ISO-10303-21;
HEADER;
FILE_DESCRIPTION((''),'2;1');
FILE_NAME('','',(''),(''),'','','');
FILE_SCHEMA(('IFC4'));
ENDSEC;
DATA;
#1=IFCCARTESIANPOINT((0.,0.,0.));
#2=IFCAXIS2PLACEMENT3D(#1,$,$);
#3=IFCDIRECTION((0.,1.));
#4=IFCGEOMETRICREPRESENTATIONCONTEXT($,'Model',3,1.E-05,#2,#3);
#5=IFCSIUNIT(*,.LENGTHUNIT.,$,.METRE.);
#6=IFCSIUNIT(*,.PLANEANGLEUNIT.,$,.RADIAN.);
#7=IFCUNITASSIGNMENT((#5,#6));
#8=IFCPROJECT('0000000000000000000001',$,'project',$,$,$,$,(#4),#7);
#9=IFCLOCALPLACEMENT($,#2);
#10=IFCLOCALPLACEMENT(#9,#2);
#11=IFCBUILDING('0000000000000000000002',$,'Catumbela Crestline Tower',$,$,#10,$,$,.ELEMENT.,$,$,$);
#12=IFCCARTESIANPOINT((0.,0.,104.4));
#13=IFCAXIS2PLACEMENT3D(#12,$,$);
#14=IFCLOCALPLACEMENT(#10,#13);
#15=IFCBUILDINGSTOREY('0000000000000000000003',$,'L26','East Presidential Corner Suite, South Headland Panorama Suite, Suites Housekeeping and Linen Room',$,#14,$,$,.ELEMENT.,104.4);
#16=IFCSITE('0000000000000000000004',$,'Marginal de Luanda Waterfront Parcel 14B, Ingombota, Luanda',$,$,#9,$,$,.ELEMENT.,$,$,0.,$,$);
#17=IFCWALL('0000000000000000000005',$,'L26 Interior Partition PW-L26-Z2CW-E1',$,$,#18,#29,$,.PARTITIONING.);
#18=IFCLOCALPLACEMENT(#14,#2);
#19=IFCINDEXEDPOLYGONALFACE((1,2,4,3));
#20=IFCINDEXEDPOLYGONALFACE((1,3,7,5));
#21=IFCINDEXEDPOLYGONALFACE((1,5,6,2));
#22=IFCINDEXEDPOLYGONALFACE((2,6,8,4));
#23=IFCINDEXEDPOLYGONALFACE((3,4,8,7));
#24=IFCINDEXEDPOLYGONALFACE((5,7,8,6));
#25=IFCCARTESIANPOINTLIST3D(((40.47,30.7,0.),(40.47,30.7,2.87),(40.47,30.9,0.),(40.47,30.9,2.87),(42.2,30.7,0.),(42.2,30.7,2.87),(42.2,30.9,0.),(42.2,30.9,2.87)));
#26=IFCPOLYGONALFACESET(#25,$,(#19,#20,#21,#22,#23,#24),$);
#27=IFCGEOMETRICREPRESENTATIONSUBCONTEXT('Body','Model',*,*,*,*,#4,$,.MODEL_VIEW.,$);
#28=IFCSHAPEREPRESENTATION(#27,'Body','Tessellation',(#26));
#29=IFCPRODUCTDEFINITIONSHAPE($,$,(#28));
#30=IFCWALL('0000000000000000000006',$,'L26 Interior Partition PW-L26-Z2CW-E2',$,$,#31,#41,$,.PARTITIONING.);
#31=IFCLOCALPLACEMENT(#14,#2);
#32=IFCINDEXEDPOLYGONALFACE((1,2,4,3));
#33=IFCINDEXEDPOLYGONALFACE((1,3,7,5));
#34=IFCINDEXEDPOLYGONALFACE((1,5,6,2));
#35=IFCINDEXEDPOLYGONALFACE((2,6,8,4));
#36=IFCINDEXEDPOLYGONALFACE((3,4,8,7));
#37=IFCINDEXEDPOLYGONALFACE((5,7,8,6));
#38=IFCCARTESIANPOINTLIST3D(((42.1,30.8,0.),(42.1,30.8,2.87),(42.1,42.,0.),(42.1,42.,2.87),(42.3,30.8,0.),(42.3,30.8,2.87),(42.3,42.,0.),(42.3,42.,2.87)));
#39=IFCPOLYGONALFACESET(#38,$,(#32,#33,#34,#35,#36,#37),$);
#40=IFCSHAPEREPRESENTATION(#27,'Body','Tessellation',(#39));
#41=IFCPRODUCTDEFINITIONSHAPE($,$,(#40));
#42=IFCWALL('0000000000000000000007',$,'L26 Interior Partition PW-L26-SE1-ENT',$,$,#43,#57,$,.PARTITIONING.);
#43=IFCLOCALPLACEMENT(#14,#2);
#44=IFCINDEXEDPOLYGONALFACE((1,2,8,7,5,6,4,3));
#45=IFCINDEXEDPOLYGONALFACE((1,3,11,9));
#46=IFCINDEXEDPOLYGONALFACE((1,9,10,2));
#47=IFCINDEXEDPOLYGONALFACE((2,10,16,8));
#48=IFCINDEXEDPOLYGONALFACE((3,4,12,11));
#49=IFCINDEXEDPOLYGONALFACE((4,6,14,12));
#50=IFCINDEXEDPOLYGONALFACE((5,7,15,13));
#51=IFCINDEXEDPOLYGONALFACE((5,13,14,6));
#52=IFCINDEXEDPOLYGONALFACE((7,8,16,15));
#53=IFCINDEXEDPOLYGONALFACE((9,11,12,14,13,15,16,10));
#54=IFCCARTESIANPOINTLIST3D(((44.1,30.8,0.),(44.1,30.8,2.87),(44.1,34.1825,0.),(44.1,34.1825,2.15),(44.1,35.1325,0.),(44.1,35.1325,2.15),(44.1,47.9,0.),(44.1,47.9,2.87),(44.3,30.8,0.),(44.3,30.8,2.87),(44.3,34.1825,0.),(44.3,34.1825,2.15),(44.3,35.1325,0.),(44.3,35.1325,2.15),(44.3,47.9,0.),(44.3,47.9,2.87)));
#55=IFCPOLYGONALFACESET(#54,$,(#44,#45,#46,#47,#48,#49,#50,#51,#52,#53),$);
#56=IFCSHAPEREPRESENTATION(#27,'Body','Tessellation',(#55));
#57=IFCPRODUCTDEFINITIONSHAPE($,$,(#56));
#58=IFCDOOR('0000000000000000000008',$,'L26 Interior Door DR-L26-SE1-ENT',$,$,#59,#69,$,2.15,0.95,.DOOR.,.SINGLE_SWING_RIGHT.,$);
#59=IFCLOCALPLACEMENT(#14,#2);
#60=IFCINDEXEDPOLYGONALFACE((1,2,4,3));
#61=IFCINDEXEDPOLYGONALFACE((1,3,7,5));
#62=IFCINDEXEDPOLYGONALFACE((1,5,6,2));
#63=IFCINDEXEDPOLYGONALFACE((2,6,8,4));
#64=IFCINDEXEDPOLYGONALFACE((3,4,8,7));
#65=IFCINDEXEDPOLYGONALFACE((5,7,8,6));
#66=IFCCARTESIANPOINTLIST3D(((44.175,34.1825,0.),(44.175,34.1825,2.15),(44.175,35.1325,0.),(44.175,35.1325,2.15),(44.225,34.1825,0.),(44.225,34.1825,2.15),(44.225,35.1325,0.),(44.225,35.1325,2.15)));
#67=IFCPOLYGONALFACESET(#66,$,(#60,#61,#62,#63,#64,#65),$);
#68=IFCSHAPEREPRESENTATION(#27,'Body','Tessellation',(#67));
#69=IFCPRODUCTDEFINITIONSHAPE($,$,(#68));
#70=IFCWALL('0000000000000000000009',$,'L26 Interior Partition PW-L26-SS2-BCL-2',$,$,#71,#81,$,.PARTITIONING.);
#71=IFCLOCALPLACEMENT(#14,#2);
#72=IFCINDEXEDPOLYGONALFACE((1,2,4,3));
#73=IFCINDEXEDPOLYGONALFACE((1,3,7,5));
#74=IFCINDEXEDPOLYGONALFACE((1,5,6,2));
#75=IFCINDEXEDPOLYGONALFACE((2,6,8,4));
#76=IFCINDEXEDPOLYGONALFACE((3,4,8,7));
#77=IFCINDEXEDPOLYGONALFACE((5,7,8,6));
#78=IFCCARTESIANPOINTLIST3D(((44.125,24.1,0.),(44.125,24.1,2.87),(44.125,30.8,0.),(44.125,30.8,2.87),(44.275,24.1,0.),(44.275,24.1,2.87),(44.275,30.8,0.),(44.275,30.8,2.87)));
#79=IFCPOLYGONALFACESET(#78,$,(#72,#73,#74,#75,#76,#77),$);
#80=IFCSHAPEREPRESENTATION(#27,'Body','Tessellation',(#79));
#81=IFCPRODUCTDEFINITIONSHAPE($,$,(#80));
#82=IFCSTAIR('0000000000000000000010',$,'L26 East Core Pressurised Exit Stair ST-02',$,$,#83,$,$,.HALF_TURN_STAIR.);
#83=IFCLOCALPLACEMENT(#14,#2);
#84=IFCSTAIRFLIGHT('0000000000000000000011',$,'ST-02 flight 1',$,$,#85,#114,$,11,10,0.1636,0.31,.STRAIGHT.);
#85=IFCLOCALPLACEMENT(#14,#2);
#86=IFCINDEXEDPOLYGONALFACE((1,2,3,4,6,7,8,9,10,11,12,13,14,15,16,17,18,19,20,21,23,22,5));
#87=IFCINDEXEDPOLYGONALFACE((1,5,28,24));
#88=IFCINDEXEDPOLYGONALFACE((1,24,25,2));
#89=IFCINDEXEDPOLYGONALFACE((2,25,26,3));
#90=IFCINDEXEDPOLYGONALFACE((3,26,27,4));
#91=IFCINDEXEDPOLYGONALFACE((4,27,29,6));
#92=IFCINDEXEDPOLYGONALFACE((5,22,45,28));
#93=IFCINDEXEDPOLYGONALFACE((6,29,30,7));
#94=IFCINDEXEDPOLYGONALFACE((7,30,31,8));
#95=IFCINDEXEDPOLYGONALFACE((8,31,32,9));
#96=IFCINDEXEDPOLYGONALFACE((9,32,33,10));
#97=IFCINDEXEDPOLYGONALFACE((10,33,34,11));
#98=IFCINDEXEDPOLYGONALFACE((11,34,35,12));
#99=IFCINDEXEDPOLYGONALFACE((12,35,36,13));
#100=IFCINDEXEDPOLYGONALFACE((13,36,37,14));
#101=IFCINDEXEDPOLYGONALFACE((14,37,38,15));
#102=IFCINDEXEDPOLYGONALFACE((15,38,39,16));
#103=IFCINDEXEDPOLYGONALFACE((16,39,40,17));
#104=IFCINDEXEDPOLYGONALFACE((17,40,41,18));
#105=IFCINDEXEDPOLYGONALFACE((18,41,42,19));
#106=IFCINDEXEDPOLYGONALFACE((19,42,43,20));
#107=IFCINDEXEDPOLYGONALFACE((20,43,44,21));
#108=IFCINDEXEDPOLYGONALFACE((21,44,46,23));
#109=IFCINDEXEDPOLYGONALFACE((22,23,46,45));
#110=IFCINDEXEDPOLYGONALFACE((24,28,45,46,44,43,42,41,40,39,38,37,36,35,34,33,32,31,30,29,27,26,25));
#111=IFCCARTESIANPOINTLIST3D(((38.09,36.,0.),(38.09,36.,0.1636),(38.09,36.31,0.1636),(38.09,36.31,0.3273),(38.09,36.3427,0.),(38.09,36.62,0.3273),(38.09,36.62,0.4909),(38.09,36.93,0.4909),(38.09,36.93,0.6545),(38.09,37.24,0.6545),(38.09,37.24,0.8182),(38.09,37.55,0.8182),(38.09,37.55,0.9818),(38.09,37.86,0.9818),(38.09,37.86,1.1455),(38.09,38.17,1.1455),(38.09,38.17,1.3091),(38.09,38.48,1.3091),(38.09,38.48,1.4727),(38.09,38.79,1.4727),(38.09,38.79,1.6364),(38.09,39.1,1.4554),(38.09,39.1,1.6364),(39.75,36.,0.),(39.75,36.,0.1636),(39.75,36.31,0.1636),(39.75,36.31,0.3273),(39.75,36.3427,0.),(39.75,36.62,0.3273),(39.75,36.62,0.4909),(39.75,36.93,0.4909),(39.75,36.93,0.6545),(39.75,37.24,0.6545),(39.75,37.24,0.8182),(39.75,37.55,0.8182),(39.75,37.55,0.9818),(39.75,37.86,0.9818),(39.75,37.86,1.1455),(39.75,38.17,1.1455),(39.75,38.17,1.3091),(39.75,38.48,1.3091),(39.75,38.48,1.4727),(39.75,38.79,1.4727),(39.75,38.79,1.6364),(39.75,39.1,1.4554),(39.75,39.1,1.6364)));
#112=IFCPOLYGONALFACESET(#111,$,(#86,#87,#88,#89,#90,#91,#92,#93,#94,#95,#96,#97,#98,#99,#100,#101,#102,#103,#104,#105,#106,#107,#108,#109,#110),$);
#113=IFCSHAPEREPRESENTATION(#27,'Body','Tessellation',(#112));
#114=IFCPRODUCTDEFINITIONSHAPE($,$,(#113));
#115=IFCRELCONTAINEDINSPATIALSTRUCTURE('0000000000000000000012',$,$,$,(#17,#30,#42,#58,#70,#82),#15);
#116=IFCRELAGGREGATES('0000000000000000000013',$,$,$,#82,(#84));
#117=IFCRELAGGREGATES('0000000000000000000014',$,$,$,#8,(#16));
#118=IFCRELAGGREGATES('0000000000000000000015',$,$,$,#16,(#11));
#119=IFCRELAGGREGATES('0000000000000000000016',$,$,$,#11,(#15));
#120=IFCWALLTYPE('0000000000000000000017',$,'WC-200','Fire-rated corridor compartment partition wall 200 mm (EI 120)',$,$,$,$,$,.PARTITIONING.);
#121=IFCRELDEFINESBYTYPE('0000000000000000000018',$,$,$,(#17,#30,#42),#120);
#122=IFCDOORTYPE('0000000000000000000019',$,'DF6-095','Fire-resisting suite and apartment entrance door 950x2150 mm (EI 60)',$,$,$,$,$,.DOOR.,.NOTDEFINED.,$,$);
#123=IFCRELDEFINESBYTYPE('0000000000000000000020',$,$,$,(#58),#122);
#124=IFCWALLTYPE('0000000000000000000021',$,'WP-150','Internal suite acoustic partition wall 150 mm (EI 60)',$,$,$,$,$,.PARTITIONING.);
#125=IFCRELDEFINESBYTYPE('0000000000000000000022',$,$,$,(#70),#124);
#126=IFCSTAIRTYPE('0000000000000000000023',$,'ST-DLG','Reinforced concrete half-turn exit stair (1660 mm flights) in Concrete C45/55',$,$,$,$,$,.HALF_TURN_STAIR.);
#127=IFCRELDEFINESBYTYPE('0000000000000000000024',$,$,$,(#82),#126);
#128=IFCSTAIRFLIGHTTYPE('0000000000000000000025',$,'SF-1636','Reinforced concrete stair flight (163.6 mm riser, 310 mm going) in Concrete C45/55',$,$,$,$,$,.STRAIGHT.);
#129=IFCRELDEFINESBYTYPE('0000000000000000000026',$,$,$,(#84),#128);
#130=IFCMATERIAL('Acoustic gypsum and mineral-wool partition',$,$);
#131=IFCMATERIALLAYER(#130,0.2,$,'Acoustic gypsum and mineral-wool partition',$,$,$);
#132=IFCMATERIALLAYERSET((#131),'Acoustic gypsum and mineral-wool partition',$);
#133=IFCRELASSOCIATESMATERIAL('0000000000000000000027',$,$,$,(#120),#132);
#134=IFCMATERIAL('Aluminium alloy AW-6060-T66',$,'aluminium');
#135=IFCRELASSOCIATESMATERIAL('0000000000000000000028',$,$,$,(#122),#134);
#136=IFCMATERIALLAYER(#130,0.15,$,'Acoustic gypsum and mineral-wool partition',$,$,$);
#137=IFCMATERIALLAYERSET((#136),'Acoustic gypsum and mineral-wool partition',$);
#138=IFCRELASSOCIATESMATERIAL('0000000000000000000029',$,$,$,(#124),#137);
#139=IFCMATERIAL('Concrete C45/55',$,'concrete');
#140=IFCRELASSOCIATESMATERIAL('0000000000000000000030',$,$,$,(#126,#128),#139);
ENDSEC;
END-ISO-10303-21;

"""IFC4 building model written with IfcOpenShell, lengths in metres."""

from ifc_helpers import new_model, si_unit, direction, frame, frame_2d, origin, place, context, subcontext, project, spatial, polyline, rectangle, outline, extrude, material, layer, layer_set, type_object, element, fill, aggregate, save


model = new_model("IFC4")

# Units and contexts
model_context = context("Model", 3, precision=1e-05, world=origin(), true_north=direction((0.0, 1.0)))
body_context = subcontext(model_context, "Body", "Model", "MODEL_VIEW")
ifc_project = project(units=[si_unit("LENGTHUNIT", "METRE"), si_unit("PLANEANGLEUNIT", "RADIAN")], contexts=[model_context])

# Site, building, storey
site_placement = place(None, origin())
site = spatial("IfcSite", under=ifc_project, at=site_placement, Name="Marginal de Luanda Waterfront Parcel 14B, Ingombota, Luanda", CompositionType="ELEMENT", RefElevation=0.0)
building_placement = place(site_placement, origin())
building = spatial("IfcBuilding", under=site, at=building_placement, Name="Catumbela Crestline Tower", CompositionType="ELEMENT")
storey_placement = place(building_placement, frame((0.0, 0.0, 104.4)))
storey = spatial("IfcBuildingStorey", under=building, at=storey_placement, Name="L26", Description="East Presidential Corner Suite, South Headland Panorama Suite, Suites Housekeeping and Linen Room", CompositionType="ELEMENT", Elevation=104.4)

# Shared definitions
ifc_material_1 = material(Name="Aluminium alloy AW-6060-T66", Category="aluminium")

# Walls
ifc_material_2 = material(Name="Acoustic gypsum and mineral-wool partition")
ifc_layer_1 = layer(ifc_material_2, 0.2, Name="Acoustic gypsum and mineral-wool partition")
ifc_layer_set_1 = layer_set([ifc_layer_1], Name="Acoustic gypsum and mineral-wool partition")
wall_type_1 = type_object("IfcWallType", Name="WC-200", Description="Fire-rated corridor compartment partition wall 200 mm (EI 120)", PredefinedType="PARTITIONING", material=ifc_layer_set_1)
wall_1_placement = place(storey_placement, frame((40.47, 30.8, 0.0), z_axis=(0.0, 0.0, 1.0), x_axis=(1.0, 0.0, 0.0)))
element("IfcWall", 1, at=wall_1_placement, inside=storey, type_object=wall_type_1, Name="L26 Interior Partition PW-L26-Z2CW-E1", PredefinedType="PARTITIONING", context=body_context, shape_type="SweptSolid", body=[
    extrude(rectangle(XDim=1.73, YDim=0.2, at=frame_2d((0.865, 0.0))), origin(), (0.0, 0.0, 1.0), 2.87),
])
wall_2_placement = place(storey_placement, frame((42.2, 30.8, 0.0), z_axis=(0.0, 0.0, 1.0), x_axis=(0.0, 1.0, 0.0)))
element("IfcWall", 2, at=wall_2_placement, inside=storey, type_object=wall_type_1, Name="L26 Interior Partition PW-L26-Z2CW-E2", PredefinedType="PARTITIONING", context=body_context, shape_type="SweptSolid", body=[
    extrude(rectangle(XDim=11.2, YDim=0.2, at=frame_2d((5.6, 0.0))), origin(), (0.0, 0.0, 1.0), 2.87),
])

# Wall, opening, door
wall_3_placement = place(storey_placement, frame((44.2, 30.8, 0.0), z_axis=(0.0, 0.0, 1.0), x_axis=(0.0, 1.0, 0.0)))
wall_3 = element("IfcWall", 3, at=wall_3_placement, inside=storey, type_object=wall_type_1, Name="L26 Interior Partition PW-L26-SE1-ENT", PredefinedType="PARTITIONING", context=body_context, shape_type="SweptSolid", body=[
    extrude(rectangle(XDim=17.1, YDim=0.2, at=frame_2d((8.55, 0.0))), origin(), (0.0, 0.0, 1.0), 2.87),
])
opening_placement = place(wall_3_placement, frame((3.3825, 0.0, 0.0)))
opening = element("IfcOpeningElement", 4, at=opening_placement, cuts=wall_3, PredefinedType="OPENING", context=body_context, shape_type="SweptSolid", body=[
    extrude(rectangle(XDim=0.95, YDim=2.15, at=frame_2d((0.475, 1.075))), frame((0.0, 0.11, 0.0), z_axis=(0.0, -1.0, 0.0), x_axis=(1.0, 0.0, 0.0)), (0.0, 0.0, 1.0), 0.22),
])
door_type = type_object("IfcDoorType", Name="DF6-095", Description="Fire-resisting suite and apartment entrance door 950x2150 mm (EI 60)", OperationType="NOTDEFINED", PredefinedType="DOOR", material=ifc_material_1)
door_placement = place(opening_placement, origin())
door = element("IfcDoor", 5, at=door_placement, inside=storey, type_object=door_type, Name="L26 Interior Door DR-L26-SE1-ENT", OperationType="SINGLE_SWING_RIGHT", OverallHeight=2.15, OverallWidth=0.95, PredefinedType="DOOR", context=body_context, shape_type="SweptSolid", body=[
    extrude(rectangle(XDim=0.95, YDim=2.15, at=frame_2d((0.475, 1.075))), frame((0.0, 0.025, 0.0), z_axis=(0.0, -1.0, 0.0), x_axis=(1.0, 0.0, 0.0)), (0.0, 0.0, 1.0), 0.05),
])
fill(opening, door)

# Wall
ifc_layer_2 = layer(ifc_material_2, 0.15, Name="Acoustic gypsum and mineral-wool partition")
ifc_layer_set_2 = layer_set([ifc_layer_2], Name="Acoustic gypsum and mineral-wool partition")
wall_type_2 = type_object("IfcWallType", Name="WP-150", Description="Internal suite acoustic partition wall 150 mm (EI 60)", PredefinedType="PARTITIONING", material=ifc_layer_set_2)
wall_4_placement = place(storey_placement, frame((44.2, 30.8, 0.0), z_axis=(0.0, 0.0, 1.0), x_axis=(0.0, -1.0, 0.0)))
element("IfcWall", 6, at=wall_4_placement, inside=storey, type_object=wall_type_2, Name="L26 Interior Partition PW-L26-SS2-BCL-2", PredefinedType="PARTITIONING", context=body_context, shape_type="SweptSolid", body=[
    extrude(rectangle(XDim=6.7, YDim=0.15, at=frame_2d((3.35, 0.0))), origin(), (0.0, 0.0, 1.0), 2.87),
])

# Stair, stair flight
ifc_material_3 = material(Name="Concrete C45/55", Category="concrete")
stair_type = type_object("IfcStairType", Name="ST-DLG", Description="Reinforced concrete half-turn exit stair (1660 mm flights) in Concrete C45/55", PredefinedType="HALF_TURN_STAIR", material=ifc_material_3)
stair_placement = place(storey_placement, origin())
stair = element("IfcStair", 7, at=stair_placement, inside=storey, type_object=stair_type, Name="L26 East Core Pressurised Exit Stair ST-02", PredefinedType="HALF_TURN_STAIR")
stair_flight_type = type_object("IfcStairFlightType", Name="SF-1636", Description="Reinforced concrete stair flight (163.6 mm riser, 310 mm going) in Concrete C45/55", PredefinedType="STRAIGHT", material=ifc_material_3)
stair_flight_placement = place(storey_placement, frame((38.92, 36.0, 0.0), z_axis=(0.0, 0.0, 1.0), x_axis=(0.0, 1.0, 0.0)))
stair_flight = element("IfcStairFlight", 8, at=stair_flight_placement, type_object=stair_flight_type, Name="ST-02 flight 1", NumberOfRisers=11, NumberOfTreads=10, PredefinedType="STRAIGHT", RiserHeight=0.1636, TreadLength=0.31, context=body_context, shape_type="SweptSolid", body=[
    extrude(outline(polyline([(0.0, 0.0), (0.0, 0.1636), (0.31, 0.1636), (0.31, 0.3273), (0.62, 0.3273), (0.62, 0.4909), (0.93, 0.4909), (0.93, 0.6545), (1.24, 0.6545), (1.24, 0.8182), (1.55, 0.8182), (1.55, 0.9818), (1.86, 0.9818), (1.86, 1.1455), (2.17, 1.1455), (2.17, 1.3091), (2.48, 1.3091), (2.48, 1.4727), (2.79, 1.4727), (2.79, 1.6364), (3.1, 1.6364), (3.1, 1.8), (3.1, 1.4554), (0.3427, 0.0), (0.0, 0.0)])), frame((0.0, 0.83, 0.0), z_axis=(0.0, -1.0, 0.0), x_axis=(1.0, 0.0, 0.0)), (0.0, 0.0, 1.0), 1.66),
])
aggregate(stair, [stair_flight])

save(model, "model.ifc")
